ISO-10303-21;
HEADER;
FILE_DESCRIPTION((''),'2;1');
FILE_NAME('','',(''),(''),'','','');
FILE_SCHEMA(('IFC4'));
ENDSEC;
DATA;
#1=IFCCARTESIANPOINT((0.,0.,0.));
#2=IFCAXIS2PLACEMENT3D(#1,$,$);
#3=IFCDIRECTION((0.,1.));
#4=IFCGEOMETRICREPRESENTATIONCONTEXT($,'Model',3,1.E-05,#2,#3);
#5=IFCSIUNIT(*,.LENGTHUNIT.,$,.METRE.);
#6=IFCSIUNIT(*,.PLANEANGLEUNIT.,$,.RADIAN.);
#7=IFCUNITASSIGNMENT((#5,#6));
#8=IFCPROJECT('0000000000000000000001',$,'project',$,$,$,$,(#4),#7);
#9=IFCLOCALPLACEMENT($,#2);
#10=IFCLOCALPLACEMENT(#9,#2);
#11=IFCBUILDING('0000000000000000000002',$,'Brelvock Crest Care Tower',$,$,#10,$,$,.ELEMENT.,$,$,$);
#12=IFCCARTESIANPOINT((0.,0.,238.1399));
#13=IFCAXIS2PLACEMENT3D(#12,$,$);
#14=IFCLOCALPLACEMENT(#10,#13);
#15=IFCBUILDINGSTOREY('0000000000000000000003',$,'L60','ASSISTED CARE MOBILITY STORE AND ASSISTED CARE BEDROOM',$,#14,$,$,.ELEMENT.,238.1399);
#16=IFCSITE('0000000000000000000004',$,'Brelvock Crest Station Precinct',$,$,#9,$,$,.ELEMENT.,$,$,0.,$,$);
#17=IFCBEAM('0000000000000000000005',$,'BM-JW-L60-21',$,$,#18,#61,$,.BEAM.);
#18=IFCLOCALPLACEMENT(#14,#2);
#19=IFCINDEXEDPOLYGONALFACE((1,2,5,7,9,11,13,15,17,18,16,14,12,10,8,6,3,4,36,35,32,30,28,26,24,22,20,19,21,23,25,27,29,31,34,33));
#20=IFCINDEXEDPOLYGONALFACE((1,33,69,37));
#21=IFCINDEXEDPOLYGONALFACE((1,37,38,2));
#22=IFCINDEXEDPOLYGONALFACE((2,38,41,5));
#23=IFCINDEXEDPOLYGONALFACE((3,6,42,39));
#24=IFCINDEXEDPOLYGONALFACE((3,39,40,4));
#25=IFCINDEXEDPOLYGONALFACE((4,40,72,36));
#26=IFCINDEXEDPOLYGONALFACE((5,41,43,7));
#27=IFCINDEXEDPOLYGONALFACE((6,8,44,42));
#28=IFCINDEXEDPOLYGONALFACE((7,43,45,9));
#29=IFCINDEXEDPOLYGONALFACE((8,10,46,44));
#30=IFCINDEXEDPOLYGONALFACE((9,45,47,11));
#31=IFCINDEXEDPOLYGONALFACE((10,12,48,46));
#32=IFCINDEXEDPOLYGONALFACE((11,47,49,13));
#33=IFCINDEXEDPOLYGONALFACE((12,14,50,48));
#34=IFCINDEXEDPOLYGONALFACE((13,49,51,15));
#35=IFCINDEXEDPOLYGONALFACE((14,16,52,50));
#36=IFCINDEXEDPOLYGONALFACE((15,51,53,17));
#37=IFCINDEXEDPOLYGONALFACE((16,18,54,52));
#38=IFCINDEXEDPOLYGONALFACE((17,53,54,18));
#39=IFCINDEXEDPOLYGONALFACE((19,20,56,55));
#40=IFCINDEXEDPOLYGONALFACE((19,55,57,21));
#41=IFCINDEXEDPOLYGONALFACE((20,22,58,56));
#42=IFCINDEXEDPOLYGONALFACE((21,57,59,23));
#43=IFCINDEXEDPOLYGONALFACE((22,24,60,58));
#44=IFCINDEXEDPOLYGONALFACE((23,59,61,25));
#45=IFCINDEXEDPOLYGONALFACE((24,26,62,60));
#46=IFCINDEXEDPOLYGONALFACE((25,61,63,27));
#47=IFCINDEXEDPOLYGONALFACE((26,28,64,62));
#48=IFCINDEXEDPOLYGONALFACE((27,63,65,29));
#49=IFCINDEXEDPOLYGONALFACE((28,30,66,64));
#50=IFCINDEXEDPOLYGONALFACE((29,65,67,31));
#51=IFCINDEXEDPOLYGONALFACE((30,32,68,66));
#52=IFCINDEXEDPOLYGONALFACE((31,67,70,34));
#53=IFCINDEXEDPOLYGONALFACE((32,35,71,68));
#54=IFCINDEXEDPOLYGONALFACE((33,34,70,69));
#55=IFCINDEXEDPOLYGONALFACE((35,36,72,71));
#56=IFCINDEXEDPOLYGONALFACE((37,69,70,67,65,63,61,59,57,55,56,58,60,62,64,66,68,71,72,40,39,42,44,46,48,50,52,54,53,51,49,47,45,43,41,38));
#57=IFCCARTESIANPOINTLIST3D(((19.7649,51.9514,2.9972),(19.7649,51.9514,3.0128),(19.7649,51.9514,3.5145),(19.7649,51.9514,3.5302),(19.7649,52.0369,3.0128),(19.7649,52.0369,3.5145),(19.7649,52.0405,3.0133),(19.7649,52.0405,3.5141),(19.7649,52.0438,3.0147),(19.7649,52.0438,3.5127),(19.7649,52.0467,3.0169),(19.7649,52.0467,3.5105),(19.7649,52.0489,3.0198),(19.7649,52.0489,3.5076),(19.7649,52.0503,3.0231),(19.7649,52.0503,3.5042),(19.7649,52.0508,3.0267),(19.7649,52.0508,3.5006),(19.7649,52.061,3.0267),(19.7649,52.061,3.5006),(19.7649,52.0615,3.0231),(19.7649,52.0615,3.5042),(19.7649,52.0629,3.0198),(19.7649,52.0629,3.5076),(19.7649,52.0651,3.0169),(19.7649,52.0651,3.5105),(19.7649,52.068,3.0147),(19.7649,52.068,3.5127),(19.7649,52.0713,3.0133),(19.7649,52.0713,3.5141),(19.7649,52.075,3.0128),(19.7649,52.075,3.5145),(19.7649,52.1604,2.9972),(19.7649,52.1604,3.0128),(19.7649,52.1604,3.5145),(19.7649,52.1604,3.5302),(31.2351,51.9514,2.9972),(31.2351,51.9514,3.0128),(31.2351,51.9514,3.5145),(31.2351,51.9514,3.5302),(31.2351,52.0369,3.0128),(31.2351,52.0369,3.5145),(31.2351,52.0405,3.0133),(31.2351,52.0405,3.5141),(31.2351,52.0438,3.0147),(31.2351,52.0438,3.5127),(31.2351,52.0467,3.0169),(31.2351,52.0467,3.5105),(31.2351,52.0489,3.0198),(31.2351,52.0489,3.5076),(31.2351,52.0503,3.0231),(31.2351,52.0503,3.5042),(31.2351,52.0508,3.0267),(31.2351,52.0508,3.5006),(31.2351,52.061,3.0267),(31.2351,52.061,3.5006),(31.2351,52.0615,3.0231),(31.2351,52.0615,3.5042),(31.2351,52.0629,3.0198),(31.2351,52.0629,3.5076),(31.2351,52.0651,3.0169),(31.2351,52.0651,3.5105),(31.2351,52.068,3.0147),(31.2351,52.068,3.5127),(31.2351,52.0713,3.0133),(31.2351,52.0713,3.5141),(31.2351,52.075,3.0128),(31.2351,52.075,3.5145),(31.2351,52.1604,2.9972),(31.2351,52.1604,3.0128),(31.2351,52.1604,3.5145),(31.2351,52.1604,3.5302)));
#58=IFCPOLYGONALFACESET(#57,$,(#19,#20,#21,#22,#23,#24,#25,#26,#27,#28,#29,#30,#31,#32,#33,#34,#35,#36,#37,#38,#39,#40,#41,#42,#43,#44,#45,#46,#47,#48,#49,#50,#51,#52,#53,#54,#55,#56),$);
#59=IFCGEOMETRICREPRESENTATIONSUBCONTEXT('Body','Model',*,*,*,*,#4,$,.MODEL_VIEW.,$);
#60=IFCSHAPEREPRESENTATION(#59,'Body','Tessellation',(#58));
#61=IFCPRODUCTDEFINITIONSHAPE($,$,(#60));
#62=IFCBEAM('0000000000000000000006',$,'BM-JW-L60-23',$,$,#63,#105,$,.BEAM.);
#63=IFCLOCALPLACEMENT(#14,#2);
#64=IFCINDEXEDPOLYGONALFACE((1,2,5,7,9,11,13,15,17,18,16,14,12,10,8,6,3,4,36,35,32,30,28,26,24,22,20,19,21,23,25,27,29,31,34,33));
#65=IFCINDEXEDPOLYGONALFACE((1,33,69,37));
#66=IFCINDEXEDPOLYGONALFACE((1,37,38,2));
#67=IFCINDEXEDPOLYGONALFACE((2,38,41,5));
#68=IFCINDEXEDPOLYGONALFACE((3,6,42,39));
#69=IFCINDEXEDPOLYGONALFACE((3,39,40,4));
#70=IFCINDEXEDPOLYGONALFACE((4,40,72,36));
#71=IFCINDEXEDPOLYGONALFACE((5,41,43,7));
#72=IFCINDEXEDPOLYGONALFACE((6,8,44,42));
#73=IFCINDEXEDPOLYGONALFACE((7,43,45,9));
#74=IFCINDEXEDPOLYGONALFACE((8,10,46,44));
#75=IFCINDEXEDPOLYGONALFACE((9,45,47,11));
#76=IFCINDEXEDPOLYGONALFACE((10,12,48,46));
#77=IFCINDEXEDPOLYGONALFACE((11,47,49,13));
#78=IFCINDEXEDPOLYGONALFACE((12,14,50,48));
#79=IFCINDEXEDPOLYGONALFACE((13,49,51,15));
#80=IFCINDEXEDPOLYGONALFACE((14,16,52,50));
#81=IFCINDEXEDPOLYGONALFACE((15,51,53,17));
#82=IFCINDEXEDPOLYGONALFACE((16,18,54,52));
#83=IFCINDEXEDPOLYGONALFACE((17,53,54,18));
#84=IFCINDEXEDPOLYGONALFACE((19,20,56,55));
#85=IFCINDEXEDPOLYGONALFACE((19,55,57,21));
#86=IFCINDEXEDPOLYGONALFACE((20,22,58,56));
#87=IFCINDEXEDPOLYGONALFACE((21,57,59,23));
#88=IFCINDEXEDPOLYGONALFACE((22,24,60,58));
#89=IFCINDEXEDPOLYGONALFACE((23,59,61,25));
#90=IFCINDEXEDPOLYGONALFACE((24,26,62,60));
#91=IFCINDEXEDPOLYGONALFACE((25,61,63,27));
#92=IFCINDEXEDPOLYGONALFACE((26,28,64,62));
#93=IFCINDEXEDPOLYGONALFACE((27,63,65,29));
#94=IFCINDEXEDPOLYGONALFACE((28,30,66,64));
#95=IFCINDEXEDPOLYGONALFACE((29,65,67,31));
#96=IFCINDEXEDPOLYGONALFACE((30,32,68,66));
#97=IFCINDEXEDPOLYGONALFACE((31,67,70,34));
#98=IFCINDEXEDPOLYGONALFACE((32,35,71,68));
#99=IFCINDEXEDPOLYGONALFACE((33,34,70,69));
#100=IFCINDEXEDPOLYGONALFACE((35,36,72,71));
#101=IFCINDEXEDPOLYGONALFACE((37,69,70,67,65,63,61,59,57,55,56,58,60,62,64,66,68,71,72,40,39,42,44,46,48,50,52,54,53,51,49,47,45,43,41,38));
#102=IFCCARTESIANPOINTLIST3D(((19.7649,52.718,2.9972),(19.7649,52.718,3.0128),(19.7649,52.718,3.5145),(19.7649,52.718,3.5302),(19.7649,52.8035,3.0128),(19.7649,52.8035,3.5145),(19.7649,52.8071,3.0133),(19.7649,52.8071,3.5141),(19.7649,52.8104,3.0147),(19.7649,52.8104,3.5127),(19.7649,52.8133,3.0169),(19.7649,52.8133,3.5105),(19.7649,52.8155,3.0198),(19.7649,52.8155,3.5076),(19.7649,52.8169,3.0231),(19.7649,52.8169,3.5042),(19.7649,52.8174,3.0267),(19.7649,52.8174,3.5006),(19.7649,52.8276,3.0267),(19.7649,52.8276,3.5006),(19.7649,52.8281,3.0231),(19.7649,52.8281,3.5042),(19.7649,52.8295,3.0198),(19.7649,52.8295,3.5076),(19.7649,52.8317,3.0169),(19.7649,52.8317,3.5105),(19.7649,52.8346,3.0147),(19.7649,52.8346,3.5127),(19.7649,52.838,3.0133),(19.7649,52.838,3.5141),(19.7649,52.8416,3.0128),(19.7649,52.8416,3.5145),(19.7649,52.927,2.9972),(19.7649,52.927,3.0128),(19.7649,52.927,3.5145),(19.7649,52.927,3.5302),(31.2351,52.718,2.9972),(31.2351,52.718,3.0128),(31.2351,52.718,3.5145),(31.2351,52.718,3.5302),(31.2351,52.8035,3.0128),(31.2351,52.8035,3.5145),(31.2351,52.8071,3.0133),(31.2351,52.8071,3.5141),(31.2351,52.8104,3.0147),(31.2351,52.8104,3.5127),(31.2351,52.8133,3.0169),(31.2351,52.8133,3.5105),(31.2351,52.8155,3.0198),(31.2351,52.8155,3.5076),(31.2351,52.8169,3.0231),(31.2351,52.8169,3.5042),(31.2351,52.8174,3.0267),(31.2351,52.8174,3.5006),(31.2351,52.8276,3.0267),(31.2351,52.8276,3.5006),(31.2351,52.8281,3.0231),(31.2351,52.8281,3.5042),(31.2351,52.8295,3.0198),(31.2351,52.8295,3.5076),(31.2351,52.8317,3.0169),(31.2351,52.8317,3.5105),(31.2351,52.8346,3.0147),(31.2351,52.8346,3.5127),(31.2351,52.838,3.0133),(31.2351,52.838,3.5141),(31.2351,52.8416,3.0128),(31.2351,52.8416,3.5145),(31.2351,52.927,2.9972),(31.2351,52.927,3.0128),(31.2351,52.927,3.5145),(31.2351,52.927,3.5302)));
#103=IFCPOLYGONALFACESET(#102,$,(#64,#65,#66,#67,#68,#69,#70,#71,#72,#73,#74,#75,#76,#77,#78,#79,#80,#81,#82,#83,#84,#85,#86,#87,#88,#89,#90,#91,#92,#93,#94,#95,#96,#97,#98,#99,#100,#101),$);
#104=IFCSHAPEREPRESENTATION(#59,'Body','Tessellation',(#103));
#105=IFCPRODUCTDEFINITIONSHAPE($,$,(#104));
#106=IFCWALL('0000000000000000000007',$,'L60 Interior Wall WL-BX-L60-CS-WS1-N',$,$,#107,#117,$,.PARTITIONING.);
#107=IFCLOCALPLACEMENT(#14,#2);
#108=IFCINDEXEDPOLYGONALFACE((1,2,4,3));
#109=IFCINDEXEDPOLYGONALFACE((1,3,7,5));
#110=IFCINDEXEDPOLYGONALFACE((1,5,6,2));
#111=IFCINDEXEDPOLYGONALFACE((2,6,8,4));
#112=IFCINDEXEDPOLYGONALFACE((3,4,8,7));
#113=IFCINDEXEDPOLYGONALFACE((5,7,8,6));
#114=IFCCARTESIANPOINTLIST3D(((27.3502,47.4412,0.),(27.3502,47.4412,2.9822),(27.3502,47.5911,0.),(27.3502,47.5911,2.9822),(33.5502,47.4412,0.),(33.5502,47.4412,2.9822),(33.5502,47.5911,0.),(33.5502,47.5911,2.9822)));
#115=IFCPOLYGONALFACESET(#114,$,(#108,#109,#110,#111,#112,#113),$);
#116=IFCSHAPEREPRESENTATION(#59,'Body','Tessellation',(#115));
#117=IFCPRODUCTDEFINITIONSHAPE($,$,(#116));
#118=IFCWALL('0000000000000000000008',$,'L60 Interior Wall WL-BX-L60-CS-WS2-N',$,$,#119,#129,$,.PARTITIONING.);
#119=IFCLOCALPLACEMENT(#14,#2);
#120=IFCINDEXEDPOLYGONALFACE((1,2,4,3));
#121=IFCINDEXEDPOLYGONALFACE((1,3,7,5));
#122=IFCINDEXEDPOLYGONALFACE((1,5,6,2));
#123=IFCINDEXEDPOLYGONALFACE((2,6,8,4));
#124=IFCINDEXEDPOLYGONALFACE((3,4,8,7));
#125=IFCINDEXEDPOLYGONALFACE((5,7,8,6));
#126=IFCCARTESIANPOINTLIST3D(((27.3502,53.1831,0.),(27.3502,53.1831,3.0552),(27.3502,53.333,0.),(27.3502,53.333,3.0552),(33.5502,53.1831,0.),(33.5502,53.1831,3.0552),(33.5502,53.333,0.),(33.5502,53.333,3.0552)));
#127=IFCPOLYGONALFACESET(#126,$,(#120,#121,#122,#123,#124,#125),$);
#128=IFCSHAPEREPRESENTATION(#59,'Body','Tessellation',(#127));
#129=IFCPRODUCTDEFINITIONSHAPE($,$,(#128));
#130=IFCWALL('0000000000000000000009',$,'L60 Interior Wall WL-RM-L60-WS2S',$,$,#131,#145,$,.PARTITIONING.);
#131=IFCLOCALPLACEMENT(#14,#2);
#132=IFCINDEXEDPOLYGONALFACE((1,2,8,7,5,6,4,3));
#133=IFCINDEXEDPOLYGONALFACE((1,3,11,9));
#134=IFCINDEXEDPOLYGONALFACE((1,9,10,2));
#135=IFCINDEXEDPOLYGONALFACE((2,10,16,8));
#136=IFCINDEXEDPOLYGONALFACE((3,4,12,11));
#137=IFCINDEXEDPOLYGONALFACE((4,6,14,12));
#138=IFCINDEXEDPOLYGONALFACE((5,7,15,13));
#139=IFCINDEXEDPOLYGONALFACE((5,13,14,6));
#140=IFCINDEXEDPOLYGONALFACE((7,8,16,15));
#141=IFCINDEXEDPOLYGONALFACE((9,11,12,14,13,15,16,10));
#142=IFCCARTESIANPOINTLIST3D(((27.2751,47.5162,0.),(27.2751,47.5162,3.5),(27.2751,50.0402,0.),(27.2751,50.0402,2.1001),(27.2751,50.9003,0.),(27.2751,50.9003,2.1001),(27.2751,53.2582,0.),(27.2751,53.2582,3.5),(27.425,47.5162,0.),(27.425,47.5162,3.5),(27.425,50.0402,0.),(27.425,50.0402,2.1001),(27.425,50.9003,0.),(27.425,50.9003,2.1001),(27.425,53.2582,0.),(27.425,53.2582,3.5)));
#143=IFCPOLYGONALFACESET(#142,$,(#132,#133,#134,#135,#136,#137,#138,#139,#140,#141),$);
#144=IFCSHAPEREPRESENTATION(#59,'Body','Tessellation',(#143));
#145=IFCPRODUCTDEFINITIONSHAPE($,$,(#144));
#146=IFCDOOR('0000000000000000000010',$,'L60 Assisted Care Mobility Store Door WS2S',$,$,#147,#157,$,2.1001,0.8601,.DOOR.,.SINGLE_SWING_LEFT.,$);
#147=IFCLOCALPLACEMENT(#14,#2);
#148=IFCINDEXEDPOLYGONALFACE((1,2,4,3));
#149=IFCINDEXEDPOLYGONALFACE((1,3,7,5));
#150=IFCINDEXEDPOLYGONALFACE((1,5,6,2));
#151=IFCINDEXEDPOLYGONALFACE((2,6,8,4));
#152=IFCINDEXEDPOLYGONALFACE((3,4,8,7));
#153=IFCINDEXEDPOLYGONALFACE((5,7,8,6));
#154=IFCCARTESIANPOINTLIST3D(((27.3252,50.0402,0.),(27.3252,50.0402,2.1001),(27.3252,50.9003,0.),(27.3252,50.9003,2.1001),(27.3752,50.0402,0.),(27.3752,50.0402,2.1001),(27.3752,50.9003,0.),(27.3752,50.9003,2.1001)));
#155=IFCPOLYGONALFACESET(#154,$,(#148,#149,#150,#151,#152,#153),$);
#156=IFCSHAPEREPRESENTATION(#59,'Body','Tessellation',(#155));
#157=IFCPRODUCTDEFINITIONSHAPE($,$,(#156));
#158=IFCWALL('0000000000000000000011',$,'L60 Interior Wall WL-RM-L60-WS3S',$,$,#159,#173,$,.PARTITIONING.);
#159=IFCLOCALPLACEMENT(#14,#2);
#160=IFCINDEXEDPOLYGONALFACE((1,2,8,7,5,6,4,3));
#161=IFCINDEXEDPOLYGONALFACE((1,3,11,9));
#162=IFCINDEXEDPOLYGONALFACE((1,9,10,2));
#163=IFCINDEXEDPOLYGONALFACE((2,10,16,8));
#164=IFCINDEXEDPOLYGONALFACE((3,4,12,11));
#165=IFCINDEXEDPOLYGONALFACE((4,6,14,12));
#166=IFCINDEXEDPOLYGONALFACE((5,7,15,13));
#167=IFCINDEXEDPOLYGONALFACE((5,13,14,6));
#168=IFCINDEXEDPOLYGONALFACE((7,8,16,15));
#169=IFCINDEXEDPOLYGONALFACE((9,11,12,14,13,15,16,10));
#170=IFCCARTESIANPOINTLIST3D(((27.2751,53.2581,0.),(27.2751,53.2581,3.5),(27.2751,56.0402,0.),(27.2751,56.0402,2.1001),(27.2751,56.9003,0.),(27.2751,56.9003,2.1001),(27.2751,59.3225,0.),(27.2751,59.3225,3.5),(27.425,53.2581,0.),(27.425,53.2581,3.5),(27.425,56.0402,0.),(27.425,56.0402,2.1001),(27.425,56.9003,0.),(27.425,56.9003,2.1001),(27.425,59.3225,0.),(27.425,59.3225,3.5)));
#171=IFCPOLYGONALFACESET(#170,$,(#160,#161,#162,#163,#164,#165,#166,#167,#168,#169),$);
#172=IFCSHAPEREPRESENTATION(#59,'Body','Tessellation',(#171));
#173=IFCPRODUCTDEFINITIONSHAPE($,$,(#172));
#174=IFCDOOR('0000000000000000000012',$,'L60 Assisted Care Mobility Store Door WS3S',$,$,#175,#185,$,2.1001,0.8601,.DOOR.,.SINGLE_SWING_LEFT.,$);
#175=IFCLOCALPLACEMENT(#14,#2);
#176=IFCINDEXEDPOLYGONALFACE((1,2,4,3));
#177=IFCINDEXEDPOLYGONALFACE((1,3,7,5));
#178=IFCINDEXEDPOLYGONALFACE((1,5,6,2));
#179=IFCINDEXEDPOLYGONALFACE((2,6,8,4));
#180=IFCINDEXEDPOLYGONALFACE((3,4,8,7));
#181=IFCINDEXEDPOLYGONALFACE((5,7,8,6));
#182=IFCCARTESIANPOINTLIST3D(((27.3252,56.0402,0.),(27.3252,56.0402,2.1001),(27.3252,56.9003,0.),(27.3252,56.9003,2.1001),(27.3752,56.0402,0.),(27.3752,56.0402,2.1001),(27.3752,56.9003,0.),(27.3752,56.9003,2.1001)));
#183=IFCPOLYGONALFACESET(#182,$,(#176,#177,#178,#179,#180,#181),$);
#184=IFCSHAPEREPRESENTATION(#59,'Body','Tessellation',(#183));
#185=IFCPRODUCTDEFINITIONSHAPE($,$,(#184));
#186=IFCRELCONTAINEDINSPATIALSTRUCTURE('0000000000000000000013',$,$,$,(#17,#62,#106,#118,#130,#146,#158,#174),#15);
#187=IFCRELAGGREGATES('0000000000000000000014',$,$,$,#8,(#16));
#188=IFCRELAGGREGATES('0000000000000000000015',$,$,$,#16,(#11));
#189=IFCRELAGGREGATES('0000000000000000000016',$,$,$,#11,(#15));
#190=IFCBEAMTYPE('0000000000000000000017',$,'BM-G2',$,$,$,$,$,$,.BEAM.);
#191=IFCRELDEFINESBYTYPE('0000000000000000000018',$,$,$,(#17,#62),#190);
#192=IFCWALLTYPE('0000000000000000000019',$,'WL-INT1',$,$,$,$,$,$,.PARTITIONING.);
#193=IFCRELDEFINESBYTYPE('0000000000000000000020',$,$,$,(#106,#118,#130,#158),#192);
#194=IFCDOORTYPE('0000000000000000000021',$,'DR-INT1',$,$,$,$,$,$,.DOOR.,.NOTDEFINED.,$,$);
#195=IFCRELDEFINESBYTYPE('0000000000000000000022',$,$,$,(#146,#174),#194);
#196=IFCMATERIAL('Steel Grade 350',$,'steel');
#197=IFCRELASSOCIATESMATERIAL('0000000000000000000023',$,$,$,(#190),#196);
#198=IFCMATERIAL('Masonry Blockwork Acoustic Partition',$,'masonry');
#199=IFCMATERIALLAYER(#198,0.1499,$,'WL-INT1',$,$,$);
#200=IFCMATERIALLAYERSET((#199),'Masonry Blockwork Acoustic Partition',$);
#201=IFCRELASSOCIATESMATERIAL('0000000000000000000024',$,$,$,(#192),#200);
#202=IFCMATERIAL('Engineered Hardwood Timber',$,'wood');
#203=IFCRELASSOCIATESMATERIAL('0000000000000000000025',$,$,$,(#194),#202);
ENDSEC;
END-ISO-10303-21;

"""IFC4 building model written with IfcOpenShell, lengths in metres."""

from ifc_helpers import new_model, si_unit, direction, frame, frame_2d, origin, origin_2d, place, context, subcontext, project, spatial, rectangle, i_section, extrude, source, transform, mapped, material, layer, layer_set, material_profile, profile_set, type_object, element, fill, save


model = new_model("IFC4")

# Units and contexts
model_context = context("Model", 3, precision=1e-05, world=origin(), true_north=direction((0.0, 1.0)))
body_context = subcontext(model_context, "Body", "Model", "MODEL_VIEW")
ifc_project = project(units=[si_unit("LENGTHUNIT", "METRE"), si_unit("PLANEANGLEUNIT", "RADIAN")], contexts=[model_context])

# Site, building, storey
site_placement = place(None, origin())
site = spatial("IfcSite", under=ifc_project, at=site_placement, Name="Brelvock Crest Station Precinct", CompositionType="ELEMENT", RefElevation=0.0)
building_placement = place(site_placement, origin())
building = spatial("IfcBuilding", under=site, at=building_placement, Name="Brelvock Crest Care Tower", CompositionType="ELEMENT")
storey_placement = place(building_placement, frame((0.0, 0.0, 238.1399)))
storey = spatial("IfcBuildingStorey", under=building, at=storey_placement, Name="L60", Description="ASSISTED CARE MOBILITY STORE AND ASSISTED CARE BEDROOM", CompositionType="ELEMENT", Elevation=238.1399)

# Beams
ifc_material_1 = material(Name="Steel Grade 350", Category="steel")
ifc_material_profile_1 = material_profile(ifc_material_1, i_section(OverallWidth=0.209, OverallDepth=0.533, WebThickness=0.0103, FlangeThickness=0.0156, FilletRadius=0.0139, at=origin_2d()), Name="530UB92.4")
ifc_profile_set_1 = profile_set([ifc_material_profile_1], Name="Steel Grade 350")
beam_type_1 = type_object("IfcBeamType", Name="BM-G2", PredefinedType="BEAM", material=ifc_profile_set_1)
shared_shape_1 = source(origin(), body_context, "Body", "SweptSolid", [
    extrude(i_section(OverallWidth=0.209, OverallDepth=0.533, WebThickness=0.0103, FlangeThickness=0.0156, FilletRadius=0.0139, at=origin_2d()), origin(), (0.0, 0.0, 1.0), 11.4702),
])
for number, where, z_axis, x_axis, name in (
    (1, (19.7649, 52.0559, 3.2637), (1.0, 0.0, 0.0), (0.0, 1.0, 0.0), "BM-JW-L60-21"),
    (2, (19.7649, 52.8225, 3.2637), (1.0, 0.0, 0.0), (0.0, 1.0, 0.0), "BM-JW-L60-23"),
):
    element("IfcBeam", number, at=place(storey_placement, frame(where, z_axis=z_axis, x_axis=x_axis)), inside=storey, type_object=beam_type_1, Name=name, PredefinedType="BEAM", context=body_context, shape_type="MappedRepresentation", body=[
        mapped(shared_shape_1, transform((0.0, 0.0, 0.0), x_axis=(1.0, 0.0, 0.0), y_axis=(0.0, 1.0, 0.0), z_axis=(0.0, 0.0, 1.0), scale=1.0)),
    ])

# Walls
ifc_material_2 = material(Name="Masonry Blockwork Acoustic Partition", Category="masonry")
ifc_layer = layer(ifc_material_2, 0.1499, Name="WL-INT1")
ifc_layer_set = layer_set([ifc_layer], Name="Masonry Blockwork Acoustic Partition")
wall_type = type_object("IfcWallType", Name="WL-INT1", PredefinedType="PARTITIONING", material=ifc_layer_set)
wall_1_placement = place(storey_placement, frame((27.3501, 47.5161, 0.0), z_axis=(0.0, 0.0, 1.0), x_axis=(1.0, 0.0, 0.0)))
element("IfcWall", 3, at=wall_1_placement, inside=storey, type_object=wall_type, Name="L60 Interior Wall WL-BX-L60-CS-WS1-N", PredefinedType="PARTITIONING", context=body_context, shape_type="SweptSolid", body=[
    extrude(rectangle(XDim=6.2, YDim=0.1499, at=frame_2d((3.1001, 0.0))), origin(), (0.0, 0.0, 1.0), 2.9822),
])
wall_2_placement = place(storey_placement, frame((27.3501, 53.2581, 0.0), z_axis=(0.0, 0.0, 1.0), x_axis=(1.0, 0.0, 0.0)))
element("IfcWall", 4, at=wall_2_placement, inside=storey, type_object=wall_type, Name="L60 Interior Wall WL-BX-L60-CS-WS2-N", PredefinedType="PARTITIONING", context=body_context, shape_type="SweptSolid", body=[
    extrude(rectangle(XDim=6.2, YDim=0.1499, at=frame_2d((3.1001, 0.0))), origin(), (0.0, 0.0, 1.0), 3.0552),
])

# Walls, openings, doors
wall_3_placement = place(storey_placement, frame((27.3501, 47.5161, 0.0), z_axis=(0.0, 0.0, 1.0), x_axis=(0.0, 1.0, 0.0)))
wall_3 = element("IfcWall", 5, at=wall_3_placement, inside=storey, type_object=wall_type, Name="L60 Interior Wall WL-RM-L60-WS2S", PredefinedType="PARTITIONING", context=body_context, shape_type="SweptSolid", body=[
    extrude(rectangle(XDim=5.7419, YDim=0.1499, at=frame_2d((2.8711, 0.0))), origin(), (0.0, 0.0, 1.0), 3.5),
])
opening_1_placement = place(wall_3_placement, frame((2.5239, 0.0, 0.0)))
opening_1 = element("IfcOpeningElement", 6, at=opening_1_placement, cuts=wall_3, PredefinedType="OPENING", context=body_context, shape_type="SweptSolid", body=[
    extrude(rectangle(XDim=0.8601, YDim=2.1001, at=origin_2d()), frame((0.4302, 0.085, 1.05), z_axis=(0.0, -1.0, 0.0), x_axis=(1.0, 0.0, 0.0)), (0.0, 0.0, 1.0), 0.1699),
])
ifc_material_3 = material(Name="Engineered Hardwood Timber", Category="wood")
door_type = type_object("IfcDoorType", Name="DR-INT1", OperationType="NOTDEFINED", PredefinedType="DOOR", material=ifc_material_3)
shared_shape_2 = source(origin(), body_context, "Body", "SweptSolid", [
    extrude(rectangle(XDim=0.8601, YDim=2.1001, at=origin_2d()), frame((0.4302, 0.0249, 1.05), z_axis=(0.0, -1.0, 0.0), x_axis=(1.0, 0.0, 0.0)), (0.0, 0.0, 1.0), 0.05),
])
door_1_placement = place(opening_1_placement, origin())
door_1 = element("IfcDoor", 7, at=door_1_placement, inside=storey, type_object=door_type, Name="L60 Assisted Care Mobility Store Door WS2S", OperationType="SINGLE_SWING_LEFT", OverallHeight=2.1001, OverallWidth=0.8601, PredefinedType="DOOR", context=body_context, shape_type="MappedRepresentation", body=[
    mapped(shared_shape_2, transform((0.0, 0.0, 0.0), x_axis=(1.0, 0.0, 0.0), y_axis=(0.0, 1.0, 0.0), z_axis=(0.0, 0.0, 1.0), scale=1.0)),
])
fill(opening_1, door_1)
wall_4_placement = place(storey_placement, frame((27.3501, 53.2581, 0.0), z_axis=(0.0, 0.0, 1.0), x_axis=(0.0, 1.0, 0.0)))
wall_4 = element("IfcWall", 8, at=wall_4_placement, inside=storey, type_object=wall_type, Name="L60 Interior Wall WL-RM-L60-WS3S", PredefinedType="PARTITIONING", context=body_context, shape_type="SweptSolid", body=[
    extrude(rectangle(XDim=6.0645, YDim=0.1499, at=frame_2d((3.0322, 0.0))), origin(), (0.0, 0.0, 1.0), 3.5),
])
opening_2_placement = place(wall_4_placement, frame((2.782, 0.0, 0.0)))
opening_2 = element("IfcOpeningElement", 9, at=opening_2_placement, cuts=wall_4, PredefinedType="OPENING", context=body_context, shape_type="SweptSolid", body=[
    extrude(rectangle(XDim=0.8601, YDim=2.1001, at=origin_2d()), frame((0.4302, 0.085, 1.05), z_axis=(0.0, -1.0, 0.0), x_axis=(1.0, 0.0, 0.0)), (0.0, 0.0, 1.0), 0.1699),
])
door_2_placement = place(opening_2_placement, origin())
door_2 = element("IfcDoor", 10, at=door_2_placement, inside=storey, type_object=door_type, Name="L60 Assisted Care Mobility Store Door WS3S", OperationType="SINGLE_SWING_LEFT", OverallHeight=2.1001, OverallWidth=0.8601, PredefinedType="DOOR", context=body_context, shape_type="MappedRepresentation", body=[
    mapped(shared_shape_2, transform((0.0, 0.0, 0.0), x_axis=(1.0, 0.0, 0.0), y_axis=(0.0, 1.0, 0.0), z_axis=(0.0, 0.0, 1.0), scale=1.0)),
])
fill(opening_2, door_2)

save(model, "model.ifc")
